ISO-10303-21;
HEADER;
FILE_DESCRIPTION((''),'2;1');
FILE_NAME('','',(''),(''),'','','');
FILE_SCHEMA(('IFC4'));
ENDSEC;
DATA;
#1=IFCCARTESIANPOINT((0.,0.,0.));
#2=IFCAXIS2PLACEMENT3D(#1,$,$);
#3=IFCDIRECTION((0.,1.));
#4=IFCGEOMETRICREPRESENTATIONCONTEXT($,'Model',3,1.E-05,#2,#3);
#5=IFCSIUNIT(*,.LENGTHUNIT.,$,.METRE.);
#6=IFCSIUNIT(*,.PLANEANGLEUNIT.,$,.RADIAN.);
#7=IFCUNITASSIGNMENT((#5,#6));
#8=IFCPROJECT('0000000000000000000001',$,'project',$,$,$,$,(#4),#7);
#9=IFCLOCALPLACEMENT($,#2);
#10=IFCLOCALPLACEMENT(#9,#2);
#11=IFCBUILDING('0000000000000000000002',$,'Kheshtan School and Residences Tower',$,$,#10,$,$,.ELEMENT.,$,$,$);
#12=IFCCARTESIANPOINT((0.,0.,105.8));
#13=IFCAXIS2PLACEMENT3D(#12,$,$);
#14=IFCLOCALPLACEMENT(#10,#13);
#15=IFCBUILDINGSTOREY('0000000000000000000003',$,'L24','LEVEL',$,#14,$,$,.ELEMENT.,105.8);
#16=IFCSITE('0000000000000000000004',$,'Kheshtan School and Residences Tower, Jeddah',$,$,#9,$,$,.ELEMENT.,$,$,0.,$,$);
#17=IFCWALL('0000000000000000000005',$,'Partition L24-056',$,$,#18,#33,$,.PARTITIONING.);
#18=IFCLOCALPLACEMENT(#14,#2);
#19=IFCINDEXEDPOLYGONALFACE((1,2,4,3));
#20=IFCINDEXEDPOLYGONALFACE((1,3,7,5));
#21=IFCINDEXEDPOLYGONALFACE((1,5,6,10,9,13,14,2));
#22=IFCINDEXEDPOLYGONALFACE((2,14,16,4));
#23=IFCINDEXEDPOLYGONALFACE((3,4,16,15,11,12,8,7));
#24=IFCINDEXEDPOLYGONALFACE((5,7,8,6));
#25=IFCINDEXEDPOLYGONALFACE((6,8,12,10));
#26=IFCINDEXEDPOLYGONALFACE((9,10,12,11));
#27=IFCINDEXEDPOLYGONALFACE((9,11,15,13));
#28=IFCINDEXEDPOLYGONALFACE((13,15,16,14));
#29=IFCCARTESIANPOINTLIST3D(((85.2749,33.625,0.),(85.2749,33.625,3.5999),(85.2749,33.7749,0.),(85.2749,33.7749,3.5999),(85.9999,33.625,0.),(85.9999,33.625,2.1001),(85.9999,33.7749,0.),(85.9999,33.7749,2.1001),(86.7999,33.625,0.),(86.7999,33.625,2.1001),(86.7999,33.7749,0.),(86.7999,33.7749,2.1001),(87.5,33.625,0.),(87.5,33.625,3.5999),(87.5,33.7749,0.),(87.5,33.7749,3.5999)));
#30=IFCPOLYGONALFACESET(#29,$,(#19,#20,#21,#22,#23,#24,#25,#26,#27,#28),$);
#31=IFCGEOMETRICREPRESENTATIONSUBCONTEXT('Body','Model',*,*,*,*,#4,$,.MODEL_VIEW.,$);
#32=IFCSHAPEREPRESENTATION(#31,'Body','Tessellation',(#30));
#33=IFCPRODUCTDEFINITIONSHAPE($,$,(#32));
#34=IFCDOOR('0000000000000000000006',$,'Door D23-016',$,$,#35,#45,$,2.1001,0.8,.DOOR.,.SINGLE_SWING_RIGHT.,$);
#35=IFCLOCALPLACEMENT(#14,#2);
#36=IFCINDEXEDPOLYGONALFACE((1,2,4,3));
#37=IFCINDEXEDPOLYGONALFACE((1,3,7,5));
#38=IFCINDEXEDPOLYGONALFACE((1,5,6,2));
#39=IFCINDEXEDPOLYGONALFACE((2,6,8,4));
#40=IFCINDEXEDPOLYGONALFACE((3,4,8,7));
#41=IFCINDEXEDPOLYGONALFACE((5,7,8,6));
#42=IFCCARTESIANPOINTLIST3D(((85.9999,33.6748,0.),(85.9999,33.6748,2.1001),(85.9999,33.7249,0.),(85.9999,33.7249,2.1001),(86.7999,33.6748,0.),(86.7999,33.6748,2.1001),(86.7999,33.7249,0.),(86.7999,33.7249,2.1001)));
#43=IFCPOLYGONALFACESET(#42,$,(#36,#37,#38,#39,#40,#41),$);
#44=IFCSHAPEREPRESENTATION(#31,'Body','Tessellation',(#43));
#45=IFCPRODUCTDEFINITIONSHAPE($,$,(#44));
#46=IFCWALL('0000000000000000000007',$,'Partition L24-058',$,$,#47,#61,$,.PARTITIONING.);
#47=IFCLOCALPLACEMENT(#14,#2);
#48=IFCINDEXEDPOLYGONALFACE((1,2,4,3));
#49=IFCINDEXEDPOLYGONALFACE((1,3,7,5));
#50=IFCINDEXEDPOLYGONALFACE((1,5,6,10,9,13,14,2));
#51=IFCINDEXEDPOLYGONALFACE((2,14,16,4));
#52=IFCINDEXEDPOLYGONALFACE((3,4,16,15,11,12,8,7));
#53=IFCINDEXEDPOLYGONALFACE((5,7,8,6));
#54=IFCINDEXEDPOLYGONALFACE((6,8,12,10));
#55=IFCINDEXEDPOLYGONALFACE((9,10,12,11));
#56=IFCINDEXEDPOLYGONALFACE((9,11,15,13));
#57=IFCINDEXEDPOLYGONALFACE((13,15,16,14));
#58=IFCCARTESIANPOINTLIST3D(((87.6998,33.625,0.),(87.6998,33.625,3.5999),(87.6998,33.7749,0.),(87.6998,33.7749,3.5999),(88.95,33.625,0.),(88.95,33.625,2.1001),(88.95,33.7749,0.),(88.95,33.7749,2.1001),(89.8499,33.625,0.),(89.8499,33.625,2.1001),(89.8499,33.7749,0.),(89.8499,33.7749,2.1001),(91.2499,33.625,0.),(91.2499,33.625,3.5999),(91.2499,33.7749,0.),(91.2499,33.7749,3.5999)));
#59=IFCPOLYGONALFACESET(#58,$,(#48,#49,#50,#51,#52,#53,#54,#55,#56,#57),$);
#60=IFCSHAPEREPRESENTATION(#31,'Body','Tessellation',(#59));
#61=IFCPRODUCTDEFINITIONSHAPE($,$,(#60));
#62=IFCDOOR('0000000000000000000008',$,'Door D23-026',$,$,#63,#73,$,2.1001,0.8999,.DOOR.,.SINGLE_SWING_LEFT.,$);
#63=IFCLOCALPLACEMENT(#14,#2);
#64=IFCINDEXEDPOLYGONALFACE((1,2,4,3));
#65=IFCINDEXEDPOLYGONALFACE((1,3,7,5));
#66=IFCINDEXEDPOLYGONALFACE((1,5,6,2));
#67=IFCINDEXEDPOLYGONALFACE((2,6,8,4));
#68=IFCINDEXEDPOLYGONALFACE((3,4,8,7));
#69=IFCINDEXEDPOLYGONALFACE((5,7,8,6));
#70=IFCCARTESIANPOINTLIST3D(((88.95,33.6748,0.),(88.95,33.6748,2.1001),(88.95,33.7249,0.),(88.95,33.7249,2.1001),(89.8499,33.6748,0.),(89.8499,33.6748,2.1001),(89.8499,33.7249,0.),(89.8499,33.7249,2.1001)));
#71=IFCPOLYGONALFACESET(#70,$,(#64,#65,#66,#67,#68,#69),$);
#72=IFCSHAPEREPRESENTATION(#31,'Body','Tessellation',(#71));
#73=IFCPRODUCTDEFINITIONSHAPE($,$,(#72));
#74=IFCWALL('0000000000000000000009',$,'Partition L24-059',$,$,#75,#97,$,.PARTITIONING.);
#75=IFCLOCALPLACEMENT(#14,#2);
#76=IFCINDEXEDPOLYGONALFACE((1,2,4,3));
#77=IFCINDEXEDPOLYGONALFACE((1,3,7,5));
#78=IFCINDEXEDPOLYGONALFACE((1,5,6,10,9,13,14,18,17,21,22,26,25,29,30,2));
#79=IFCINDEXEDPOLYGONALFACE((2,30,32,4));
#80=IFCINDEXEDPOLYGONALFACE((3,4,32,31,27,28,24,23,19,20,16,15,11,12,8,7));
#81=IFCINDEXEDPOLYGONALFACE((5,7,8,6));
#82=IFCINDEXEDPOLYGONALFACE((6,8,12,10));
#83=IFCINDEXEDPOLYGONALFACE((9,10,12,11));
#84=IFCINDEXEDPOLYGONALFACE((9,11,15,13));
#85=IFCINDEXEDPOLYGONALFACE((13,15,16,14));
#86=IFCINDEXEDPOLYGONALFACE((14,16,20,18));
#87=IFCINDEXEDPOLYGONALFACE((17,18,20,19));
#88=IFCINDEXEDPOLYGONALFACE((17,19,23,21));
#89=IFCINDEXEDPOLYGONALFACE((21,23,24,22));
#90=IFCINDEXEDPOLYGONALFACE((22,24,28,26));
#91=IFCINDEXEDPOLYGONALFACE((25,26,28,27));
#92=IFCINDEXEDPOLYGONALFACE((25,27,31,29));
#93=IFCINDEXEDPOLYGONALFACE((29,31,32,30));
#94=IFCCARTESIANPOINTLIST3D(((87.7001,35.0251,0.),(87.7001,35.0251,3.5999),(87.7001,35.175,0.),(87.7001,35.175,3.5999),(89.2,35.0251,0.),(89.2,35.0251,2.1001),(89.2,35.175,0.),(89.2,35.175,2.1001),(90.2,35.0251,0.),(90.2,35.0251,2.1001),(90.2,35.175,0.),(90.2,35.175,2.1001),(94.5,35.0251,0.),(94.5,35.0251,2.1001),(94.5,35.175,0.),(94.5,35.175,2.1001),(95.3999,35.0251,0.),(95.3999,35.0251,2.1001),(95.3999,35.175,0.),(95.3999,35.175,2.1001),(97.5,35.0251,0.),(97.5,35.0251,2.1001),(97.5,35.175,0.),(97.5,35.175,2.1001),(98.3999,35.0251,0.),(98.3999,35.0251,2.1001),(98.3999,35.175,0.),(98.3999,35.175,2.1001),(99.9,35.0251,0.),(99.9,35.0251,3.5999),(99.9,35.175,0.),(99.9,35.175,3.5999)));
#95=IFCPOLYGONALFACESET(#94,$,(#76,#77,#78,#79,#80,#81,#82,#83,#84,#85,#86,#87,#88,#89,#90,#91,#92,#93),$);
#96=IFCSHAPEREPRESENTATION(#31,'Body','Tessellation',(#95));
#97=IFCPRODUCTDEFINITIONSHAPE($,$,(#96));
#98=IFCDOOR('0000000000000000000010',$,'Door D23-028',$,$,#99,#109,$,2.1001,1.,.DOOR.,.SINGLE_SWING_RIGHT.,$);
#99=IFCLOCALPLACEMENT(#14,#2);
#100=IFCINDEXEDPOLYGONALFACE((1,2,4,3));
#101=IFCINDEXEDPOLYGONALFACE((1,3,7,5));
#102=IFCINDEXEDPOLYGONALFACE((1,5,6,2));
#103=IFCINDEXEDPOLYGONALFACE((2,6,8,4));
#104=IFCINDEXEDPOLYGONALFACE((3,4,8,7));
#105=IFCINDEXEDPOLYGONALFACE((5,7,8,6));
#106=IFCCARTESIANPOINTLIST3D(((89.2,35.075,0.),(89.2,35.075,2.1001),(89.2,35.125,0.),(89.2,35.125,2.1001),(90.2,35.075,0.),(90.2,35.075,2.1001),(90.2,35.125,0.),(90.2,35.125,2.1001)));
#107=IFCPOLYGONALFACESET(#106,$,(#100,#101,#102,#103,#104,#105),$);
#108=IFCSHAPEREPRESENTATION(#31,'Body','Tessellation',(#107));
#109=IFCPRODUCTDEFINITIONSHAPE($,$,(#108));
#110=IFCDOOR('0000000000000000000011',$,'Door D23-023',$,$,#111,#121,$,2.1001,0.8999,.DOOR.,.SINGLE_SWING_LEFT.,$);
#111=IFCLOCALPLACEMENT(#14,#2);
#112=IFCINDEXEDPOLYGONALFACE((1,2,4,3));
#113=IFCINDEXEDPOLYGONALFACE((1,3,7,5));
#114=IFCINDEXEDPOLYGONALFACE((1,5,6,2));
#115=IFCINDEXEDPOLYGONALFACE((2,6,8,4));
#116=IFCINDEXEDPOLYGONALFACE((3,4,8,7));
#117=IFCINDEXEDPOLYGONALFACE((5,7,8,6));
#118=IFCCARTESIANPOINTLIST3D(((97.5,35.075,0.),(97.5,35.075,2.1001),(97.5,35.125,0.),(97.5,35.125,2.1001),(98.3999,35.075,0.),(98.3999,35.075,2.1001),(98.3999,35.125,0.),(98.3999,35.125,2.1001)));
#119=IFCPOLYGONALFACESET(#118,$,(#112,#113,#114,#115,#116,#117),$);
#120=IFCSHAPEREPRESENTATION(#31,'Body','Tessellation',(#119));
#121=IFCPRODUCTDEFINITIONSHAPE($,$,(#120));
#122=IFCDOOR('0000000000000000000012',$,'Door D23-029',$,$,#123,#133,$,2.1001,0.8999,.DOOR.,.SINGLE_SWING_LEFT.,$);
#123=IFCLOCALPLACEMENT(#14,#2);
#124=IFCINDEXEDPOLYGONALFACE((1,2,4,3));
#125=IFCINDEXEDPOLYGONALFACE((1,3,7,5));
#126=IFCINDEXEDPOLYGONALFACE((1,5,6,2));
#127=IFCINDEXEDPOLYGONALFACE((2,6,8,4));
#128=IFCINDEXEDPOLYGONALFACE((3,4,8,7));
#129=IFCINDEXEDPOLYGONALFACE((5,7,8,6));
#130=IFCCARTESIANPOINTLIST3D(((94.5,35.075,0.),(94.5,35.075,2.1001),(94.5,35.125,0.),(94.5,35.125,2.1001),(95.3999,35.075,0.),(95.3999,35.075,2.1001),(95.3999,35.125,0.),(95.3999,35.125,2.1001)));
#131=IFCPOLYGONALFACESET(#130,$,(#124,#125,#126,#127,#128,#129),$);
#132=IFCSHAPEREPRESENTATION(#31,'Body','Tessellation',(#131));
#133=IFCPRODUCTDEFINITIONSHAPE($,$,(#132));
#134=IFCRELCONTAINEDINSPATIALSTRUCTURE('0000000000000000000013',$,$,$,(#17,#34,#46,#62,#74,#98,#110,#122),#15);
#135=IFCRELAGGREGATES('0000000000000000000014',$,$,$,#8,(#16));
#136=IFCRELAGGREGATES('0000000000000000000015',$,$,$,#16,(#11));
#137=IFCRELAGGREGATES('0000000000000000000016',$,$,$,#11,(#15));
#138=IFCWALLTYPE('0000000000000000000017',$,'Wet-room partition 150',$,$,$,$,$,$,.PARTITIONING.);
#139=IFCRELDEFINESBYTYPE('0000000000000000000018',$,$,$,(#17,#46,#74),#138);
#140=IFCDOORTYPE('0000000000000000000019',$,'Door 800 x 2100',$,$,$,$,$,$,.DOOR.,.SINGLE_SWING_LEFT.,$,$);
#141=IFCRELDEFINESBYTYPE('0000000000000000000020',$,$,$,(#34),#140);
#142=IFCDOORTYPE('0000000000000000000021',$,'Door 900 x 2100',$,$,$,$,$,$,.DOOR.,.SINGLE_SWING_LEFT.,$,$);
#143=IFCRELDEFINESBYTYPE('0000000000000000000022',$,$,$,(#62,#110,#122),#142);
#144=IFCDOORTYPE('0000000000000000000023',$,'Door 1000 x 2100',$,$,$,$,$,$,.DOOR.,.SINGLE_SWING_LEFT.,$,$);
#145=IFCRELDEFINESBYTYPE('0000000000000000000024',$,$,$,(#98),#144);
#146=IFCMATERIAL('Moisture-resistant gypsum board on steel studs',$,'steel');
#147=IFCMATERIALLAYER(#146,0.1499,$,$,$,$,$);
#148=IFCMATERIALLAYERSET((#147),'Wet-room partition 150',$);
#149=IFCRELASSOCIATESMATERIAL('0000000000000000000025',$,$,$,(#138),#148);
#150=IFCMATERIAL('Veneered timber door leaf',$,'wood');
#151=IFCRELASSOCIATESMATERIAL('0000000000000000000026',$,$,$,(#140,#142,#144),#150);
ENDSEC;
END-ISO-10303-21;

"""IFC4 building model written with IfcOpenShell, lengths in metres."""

from ifc_helpers import new_model, si_unit, direction, frame, frame_2d, origin, place, context, subcontext, project, spatial, rectangle, extrude, source, transform, mapped, material, layer, layer_set, type_object, element, fill, save


model = new_model("IFC4")

# Units and contexts
model_context = context("Model", 3, precision=1e-05, world=origin(), true_north=direction((0.0, 1.0)))
body_context = subcontext(model_context, "Body", "Model", "MODEL_VIEW")
ifc_project = project(units=[si_unit("LENGTHUNIT", "METRE"), si_unit("PLANEANGLEUNIT", "RADIAN")], contexts=[model_context])

# Site, building, storey
site_placement = place(None, origin())
site = spatial("IfcSite", under=ifc_project, at=site_placement, Name="Kheshtan School and Residences Tower, Jeddah", CompositionType="ELEMENT", RefElevation=0.0)
building_placement = place(site_placement, origin())
building = spatial("IfcBuilding", under=site, at=building_placement, Name="Kheshtan School and Residences Tower", CompositionType="ELEMENT")
storey_placement = place(building_placement, frame((0.0, 0.0, 105.8)))
storey = spatial("IfcBuildingStorey", under=building, at=storey_placement, Name="L24", Description="LEVEL", CompositionType="ELEMENT", Elevation=105.8)

# Walls, openings, doors
ifc_material_1 = material(Name="Moisture-resistant gypsum board on steel studs", Category="steel")
ifc_layer_1 = layer(ifc_material_1, 0.1499)
ifc_layer_set_1 = layer_set([ifc_layer_1], Name="Wet-room partition 150")
wall_type = type_object("IfcWallType", Name="Wet-room partition 150", PredefinedType="PARTITIONING", material=ifc_layer_set_1)
wall_1_placement = place(storey_placement, frame((85.2749, 33.7, 0.0), z_axis=(0.0, 0.0, 1.0), x_axis=(1.0, 0.0, 0.0)))
wall_1 = element("IfcWall", 1, at=wall_1_placement, inside=storey, type_object=wall_type, Name="Partition L24-056", PredefinedType="PARTITIONING", context=body_context, shape_type="SweptSolid", body=[
    extrude(rectangle(XDim=2.2251, YDim=0.1499, at=frame_2d((1.1125, 0.0))), origin(), (0.0, 0.0, 1.0), 3.5999),
])
opening_1_placement = place(wall_1_placement, frame((0.7251, 0.0, 0.0)))
opening_1 = element("IfcOpeningElement", 2, at=opening_1_placement, cuts=wall_1, PredefinedType="OPENING", context=body_context, shape_type="SweptSolid", body=[
    extrude(rectangle(XDim=0.8, YDim=2.1001, at=frame_2d((0.3999, 1.05))), frame((0.0, 0.085, 0.0), z_axis=(0.0, -1.0, 0.0), x_axis=(1.0, 0.0, 0.0)), (0.0, 0.0, 1.0), 0.1699),
])
ifc_material_2 = material(Name="Veneered timber door leaf", Category="wood")
door_type_1 = type_object("IfcDoorType", Name="Door 800 x 2100", OperationType="SINGLE_SWING_LEFT", PredefinedType="DOOR", material=ifc_material_2)
shared_shape_1 = source(origin(), body_context, "Body", "SweptSolid", [
    extrude(rectangle(XDim=0.8, YDim=2.1001, at=frame_2d((0.3999, 1.05))), frame((0.0, 0.0249, 0.0), z_axis=(0.0, -1.0, 0.0), x_axis=(1.0, 0.0, 0.0)), (0.0, 0.0, 1.0), 0.05),
])
door_1_placement = place(opening_1_placement, origin())
door_1 = element("IfcDoor", 3, at=door_1_placement, inside=storey, type_object=door_type_1, Name="Door D23-016", OperationType="SINGLE_SWING_RIGHT", OverallHeight=2.1001, OverallWidth=0.8, PredefinedType="DOOR", context=body_context, shape_type="MappedRepresentation", body=[
    mapped(shared_shape_1, transform((0.0, 0.0, 0.0), x_axis=(1.0, 0.0, 0.0), y_axis=(0.0, 1.0, 0.0), z_axis=(0.0, 0.0, 1.0), scale=1.0)),
])
fill(opening_1, door_1)
wall_2_placement = place(storey_placement, frame((87.7, 33.7, 0.0), z_axis=(0.0, 0.0, 1.0), x_axis=(1.0, 0.0, 0.0)))
wall_2 = element("IfcWall", 4, at=wall_2_placement, inside=storey, type_object=wall_type, Name="Partition L24-058", PredefinedType="PARTITIONING", context=body_context, shape_type="SweptSolid", body=[
    extrude(rectangle(XDim=3.55, YDim=0.1499, at=frame_2d((1.7749, 0.0))), origin(), (0.0, 0.0, 1.0), 3.5999),
])
opening_2_placement = place(wall_2_placement, frame((1.25, 0.0, 0.0)))
opening_2 = element("IfcOpeningElement", 5, at=opening_2_placement, cuts=wall_2, PredefinedType="OPENING", context=body_context, shape_type="SweptSolid", body=[
    extrude(rectangle(XDim=0.8999, YDim=2.1001, at=frame_2d((0.45, 1.05))), frame((0.0, 0.085, 0.0), z_axis=(0.0, -1.0, 0.0), x_axis=(1.0, 0.0, 0.0)), (0.0, 0.0, 1.0), 0.1699),
])
door_type_2 = type_object("IfcDoorType", Name="Door 900 x 2100", OperationType="SINGLE_SWING_LEFT", PredefinedType="DOOR", material=ifc_material_2)
shared_shape_2 = source(origin(), body_context, "Body", "SweptSolid", [
    extrude(rectangle(XDim=0.8999, YDim=2.1001, at=frame_2d((0.45, 1.05))), frame((0.0, 0.0249, 0.0), z_axis=(0.0, -1.0, 0.0), x_axis=(1.0, 0.0, 0.0)), (0.0, 0.0, 1.0), 0.05),
])
door_2_placement = place(opening_2_placement, origin())
door_2 = element("IfcDoor", 6, at=door_2_placement, inside=storey, type_object=door_type_2, Name="Door D23-026", OperationType="SINGLE_SWING_LEFT", OverallHeight=2.1001, OverallWidth=0.8999, PredefinedType="DOOR", context=body_context, shape_type="MappedRepresentation", body=[
    mapped(shared_shape_2, transform((0.0, 0.0, 0.0), x_axis=(1.0, 0.0, 0.0), y_axis=(0.0, 1.0, 0.0), z_axis=(0.0, 0.0, 1.0), scale=1.0)),
])
fill(opening_2, door_2)

# Wall, openings, doors
wall_3_placement = place(storey_placement, frame((87.7, 35.1001, 0.0), z_axis=(0.0, 0.0, 1.0), x_axis=(1.0, 0.0, 0.0)))
wall_3 = element("IfcWall", 7, at=wall_3_placement, inside=storey, type_object=wall_type, Name="Partition L24-059", PredefinedType="PARTITIONING", context=body_context, shape_type="SweptSolid", body=[
    extrude(rectangle(XDim=12.2, YDim=0.1499, at=frame_2d((6.1001, 0.0))), origin(), (0.0, 0.0, 1.0), 3.5999),
])
opening_3_placement = place(wall_3_placement, frame((9.8, 0.0, 0.0)))
opening_3 = element("IfcOpeningElement", 8, at=opening_3_placement, cuts=wall_3, PredefinedType="OPENING", context=body_context, shape_type="SweptSolid", body=[
    extrude(rectangle(XDim=0.8999, YDim=2.1001, at=frame_2d((0.45, 1.05))), frame((0.0, 0.085, 0.0), z_axis=(0.0, -1.0, 0.0), x_axis=(1.0, 0.0, 0.0)), (0.0, 0.0, 1.0), 0.1699),
])
opening_4_placement = place(wall_3_placement, frame((1.5, 0.0, 0.0)))
opening_4 = element("IfcOpeningElement", 9, at=opening_4_placement, cuts=wall_3, PredefinedType="OPENING", context=body_context, shape_type="SweptSolid", body=[
    extrude(rectangle(XDim=1.0, YDim=2.1001, at=frame_2d((0.5, 1.05))), frame((0.0, 0.085, 0.0), z_axis=(0.0, -1.0, 0.0), x_axis=(1.0, 0.0, 0.0)), (0.0, 0.0, 1.0), 0.1699),
])
opening_5_placement = place(wall_3_placement, frame((6.8, 0.0, 0.0)))
opening_5 = element("IfcOpeningElement", 10, at=opening_5_placement, cuts=wall_3, PredefinedType="OPENING", context=body_context, shape_type="SweptSolid", body=[
    extrude(rectangle(XDim=0.8999, YDim=2.1001, at=frame_2d((0.45, 1.05))), frame((0.0, 0.085, 0.0), z_axis=(0.0, -1.0, 0.0), x_axis=(1.0, 0.0, 0.0)), (0.0, 0.0, 1.0), 0.1699),
])
door_type_3 = type_object("IfcDoorType", Name="Door 1000 x 2100", OperationType="SINGLE_SWING_LEFT", PredefinedType="DOOR", material=ifc_material_2)
shared_shape_3 = source(origin(), body_context, "Body", "SweptSolid", [
    extrude(rectangle(XDim=1.0, YDim=2.1001, at=frame_2d((0.5, 1.05))), frame((0.0, 0.0249, 0.0), z_axis=(0.0, -1.0, 0.0), x_axis=(1.0, 0.0, 0.0)), (0.0, 0.0, 1.0), 0.05),
])
door_3_placement = place(opening_4_placement, origin())
door_3 = element("IfcDoor", 11, at=door_3_placement, inside=storey, type_object=door_type_3, Name="Door D23-028", OperationType="SINGLE_SWING_RIGHT", OverallHeight=2.1001, OverallWidth=1.0, PredefinedType="DOOR", context=body_context, shape_type="MappedRepresentation", body=[
    mapped(shared_shape_3, transform((0.0, 0.0, 0.0), x_axis=(1.0, 0.0, 0.0), y_axis=(0.0, 1.0, 0.0), z_axis=(0.0, 0.0, 1.0), scale=1.0)),
])
fill(opening_4, door_3)
door_4_placement = place(opening_3_placement, origin())
door_4 = element("IfcDoor", 12, at=door_4_placement, inside=storey, type_object=door_type_2, Name="Door D23-023", OperationType="SINGLE_SWING_LEFT", OverallHeight=2.1001, OverallWidth=0.8999, PredefinedType="DOOR", context=body_context, shape_type="MappedRepresentation", body=[
    mapped(shared_shape_2, transform((0.0, 0.0, 0.0), x_axis=(1.0, 0.0, 0.0), y_axis=(0.0, 1.0, 0.0), z_axis=(0.0, 0.0, 1.0), scale=1.0)),
])
fill(opening_3, door_4)
door_5_placement = place(opening_5_placement, origin())
door_5 = element("IfcDoor", 13, at=door_5_placement, inside=storey, type_object=door_type_2, Name="Door D23-029", OperationType="SINGLE_SWING_LEFT", OverallHeight=2.1001, OverallWidth=0.8999, PredefinedType="DOOR", context=body_context, shape_type="MappedRepresentation", body=[
    mapped(shared_shape_2, transform((0.0, 0.0, 0.0), x_axis=(1.0, 0.0, 0.0), y_axis=(0.0, 1.0, 0.0), z_axis=(0.0, 0.0, 1.0), scale=1.0)),
])
fill(opening_5, door_5)

save(model, "model.ifc")
